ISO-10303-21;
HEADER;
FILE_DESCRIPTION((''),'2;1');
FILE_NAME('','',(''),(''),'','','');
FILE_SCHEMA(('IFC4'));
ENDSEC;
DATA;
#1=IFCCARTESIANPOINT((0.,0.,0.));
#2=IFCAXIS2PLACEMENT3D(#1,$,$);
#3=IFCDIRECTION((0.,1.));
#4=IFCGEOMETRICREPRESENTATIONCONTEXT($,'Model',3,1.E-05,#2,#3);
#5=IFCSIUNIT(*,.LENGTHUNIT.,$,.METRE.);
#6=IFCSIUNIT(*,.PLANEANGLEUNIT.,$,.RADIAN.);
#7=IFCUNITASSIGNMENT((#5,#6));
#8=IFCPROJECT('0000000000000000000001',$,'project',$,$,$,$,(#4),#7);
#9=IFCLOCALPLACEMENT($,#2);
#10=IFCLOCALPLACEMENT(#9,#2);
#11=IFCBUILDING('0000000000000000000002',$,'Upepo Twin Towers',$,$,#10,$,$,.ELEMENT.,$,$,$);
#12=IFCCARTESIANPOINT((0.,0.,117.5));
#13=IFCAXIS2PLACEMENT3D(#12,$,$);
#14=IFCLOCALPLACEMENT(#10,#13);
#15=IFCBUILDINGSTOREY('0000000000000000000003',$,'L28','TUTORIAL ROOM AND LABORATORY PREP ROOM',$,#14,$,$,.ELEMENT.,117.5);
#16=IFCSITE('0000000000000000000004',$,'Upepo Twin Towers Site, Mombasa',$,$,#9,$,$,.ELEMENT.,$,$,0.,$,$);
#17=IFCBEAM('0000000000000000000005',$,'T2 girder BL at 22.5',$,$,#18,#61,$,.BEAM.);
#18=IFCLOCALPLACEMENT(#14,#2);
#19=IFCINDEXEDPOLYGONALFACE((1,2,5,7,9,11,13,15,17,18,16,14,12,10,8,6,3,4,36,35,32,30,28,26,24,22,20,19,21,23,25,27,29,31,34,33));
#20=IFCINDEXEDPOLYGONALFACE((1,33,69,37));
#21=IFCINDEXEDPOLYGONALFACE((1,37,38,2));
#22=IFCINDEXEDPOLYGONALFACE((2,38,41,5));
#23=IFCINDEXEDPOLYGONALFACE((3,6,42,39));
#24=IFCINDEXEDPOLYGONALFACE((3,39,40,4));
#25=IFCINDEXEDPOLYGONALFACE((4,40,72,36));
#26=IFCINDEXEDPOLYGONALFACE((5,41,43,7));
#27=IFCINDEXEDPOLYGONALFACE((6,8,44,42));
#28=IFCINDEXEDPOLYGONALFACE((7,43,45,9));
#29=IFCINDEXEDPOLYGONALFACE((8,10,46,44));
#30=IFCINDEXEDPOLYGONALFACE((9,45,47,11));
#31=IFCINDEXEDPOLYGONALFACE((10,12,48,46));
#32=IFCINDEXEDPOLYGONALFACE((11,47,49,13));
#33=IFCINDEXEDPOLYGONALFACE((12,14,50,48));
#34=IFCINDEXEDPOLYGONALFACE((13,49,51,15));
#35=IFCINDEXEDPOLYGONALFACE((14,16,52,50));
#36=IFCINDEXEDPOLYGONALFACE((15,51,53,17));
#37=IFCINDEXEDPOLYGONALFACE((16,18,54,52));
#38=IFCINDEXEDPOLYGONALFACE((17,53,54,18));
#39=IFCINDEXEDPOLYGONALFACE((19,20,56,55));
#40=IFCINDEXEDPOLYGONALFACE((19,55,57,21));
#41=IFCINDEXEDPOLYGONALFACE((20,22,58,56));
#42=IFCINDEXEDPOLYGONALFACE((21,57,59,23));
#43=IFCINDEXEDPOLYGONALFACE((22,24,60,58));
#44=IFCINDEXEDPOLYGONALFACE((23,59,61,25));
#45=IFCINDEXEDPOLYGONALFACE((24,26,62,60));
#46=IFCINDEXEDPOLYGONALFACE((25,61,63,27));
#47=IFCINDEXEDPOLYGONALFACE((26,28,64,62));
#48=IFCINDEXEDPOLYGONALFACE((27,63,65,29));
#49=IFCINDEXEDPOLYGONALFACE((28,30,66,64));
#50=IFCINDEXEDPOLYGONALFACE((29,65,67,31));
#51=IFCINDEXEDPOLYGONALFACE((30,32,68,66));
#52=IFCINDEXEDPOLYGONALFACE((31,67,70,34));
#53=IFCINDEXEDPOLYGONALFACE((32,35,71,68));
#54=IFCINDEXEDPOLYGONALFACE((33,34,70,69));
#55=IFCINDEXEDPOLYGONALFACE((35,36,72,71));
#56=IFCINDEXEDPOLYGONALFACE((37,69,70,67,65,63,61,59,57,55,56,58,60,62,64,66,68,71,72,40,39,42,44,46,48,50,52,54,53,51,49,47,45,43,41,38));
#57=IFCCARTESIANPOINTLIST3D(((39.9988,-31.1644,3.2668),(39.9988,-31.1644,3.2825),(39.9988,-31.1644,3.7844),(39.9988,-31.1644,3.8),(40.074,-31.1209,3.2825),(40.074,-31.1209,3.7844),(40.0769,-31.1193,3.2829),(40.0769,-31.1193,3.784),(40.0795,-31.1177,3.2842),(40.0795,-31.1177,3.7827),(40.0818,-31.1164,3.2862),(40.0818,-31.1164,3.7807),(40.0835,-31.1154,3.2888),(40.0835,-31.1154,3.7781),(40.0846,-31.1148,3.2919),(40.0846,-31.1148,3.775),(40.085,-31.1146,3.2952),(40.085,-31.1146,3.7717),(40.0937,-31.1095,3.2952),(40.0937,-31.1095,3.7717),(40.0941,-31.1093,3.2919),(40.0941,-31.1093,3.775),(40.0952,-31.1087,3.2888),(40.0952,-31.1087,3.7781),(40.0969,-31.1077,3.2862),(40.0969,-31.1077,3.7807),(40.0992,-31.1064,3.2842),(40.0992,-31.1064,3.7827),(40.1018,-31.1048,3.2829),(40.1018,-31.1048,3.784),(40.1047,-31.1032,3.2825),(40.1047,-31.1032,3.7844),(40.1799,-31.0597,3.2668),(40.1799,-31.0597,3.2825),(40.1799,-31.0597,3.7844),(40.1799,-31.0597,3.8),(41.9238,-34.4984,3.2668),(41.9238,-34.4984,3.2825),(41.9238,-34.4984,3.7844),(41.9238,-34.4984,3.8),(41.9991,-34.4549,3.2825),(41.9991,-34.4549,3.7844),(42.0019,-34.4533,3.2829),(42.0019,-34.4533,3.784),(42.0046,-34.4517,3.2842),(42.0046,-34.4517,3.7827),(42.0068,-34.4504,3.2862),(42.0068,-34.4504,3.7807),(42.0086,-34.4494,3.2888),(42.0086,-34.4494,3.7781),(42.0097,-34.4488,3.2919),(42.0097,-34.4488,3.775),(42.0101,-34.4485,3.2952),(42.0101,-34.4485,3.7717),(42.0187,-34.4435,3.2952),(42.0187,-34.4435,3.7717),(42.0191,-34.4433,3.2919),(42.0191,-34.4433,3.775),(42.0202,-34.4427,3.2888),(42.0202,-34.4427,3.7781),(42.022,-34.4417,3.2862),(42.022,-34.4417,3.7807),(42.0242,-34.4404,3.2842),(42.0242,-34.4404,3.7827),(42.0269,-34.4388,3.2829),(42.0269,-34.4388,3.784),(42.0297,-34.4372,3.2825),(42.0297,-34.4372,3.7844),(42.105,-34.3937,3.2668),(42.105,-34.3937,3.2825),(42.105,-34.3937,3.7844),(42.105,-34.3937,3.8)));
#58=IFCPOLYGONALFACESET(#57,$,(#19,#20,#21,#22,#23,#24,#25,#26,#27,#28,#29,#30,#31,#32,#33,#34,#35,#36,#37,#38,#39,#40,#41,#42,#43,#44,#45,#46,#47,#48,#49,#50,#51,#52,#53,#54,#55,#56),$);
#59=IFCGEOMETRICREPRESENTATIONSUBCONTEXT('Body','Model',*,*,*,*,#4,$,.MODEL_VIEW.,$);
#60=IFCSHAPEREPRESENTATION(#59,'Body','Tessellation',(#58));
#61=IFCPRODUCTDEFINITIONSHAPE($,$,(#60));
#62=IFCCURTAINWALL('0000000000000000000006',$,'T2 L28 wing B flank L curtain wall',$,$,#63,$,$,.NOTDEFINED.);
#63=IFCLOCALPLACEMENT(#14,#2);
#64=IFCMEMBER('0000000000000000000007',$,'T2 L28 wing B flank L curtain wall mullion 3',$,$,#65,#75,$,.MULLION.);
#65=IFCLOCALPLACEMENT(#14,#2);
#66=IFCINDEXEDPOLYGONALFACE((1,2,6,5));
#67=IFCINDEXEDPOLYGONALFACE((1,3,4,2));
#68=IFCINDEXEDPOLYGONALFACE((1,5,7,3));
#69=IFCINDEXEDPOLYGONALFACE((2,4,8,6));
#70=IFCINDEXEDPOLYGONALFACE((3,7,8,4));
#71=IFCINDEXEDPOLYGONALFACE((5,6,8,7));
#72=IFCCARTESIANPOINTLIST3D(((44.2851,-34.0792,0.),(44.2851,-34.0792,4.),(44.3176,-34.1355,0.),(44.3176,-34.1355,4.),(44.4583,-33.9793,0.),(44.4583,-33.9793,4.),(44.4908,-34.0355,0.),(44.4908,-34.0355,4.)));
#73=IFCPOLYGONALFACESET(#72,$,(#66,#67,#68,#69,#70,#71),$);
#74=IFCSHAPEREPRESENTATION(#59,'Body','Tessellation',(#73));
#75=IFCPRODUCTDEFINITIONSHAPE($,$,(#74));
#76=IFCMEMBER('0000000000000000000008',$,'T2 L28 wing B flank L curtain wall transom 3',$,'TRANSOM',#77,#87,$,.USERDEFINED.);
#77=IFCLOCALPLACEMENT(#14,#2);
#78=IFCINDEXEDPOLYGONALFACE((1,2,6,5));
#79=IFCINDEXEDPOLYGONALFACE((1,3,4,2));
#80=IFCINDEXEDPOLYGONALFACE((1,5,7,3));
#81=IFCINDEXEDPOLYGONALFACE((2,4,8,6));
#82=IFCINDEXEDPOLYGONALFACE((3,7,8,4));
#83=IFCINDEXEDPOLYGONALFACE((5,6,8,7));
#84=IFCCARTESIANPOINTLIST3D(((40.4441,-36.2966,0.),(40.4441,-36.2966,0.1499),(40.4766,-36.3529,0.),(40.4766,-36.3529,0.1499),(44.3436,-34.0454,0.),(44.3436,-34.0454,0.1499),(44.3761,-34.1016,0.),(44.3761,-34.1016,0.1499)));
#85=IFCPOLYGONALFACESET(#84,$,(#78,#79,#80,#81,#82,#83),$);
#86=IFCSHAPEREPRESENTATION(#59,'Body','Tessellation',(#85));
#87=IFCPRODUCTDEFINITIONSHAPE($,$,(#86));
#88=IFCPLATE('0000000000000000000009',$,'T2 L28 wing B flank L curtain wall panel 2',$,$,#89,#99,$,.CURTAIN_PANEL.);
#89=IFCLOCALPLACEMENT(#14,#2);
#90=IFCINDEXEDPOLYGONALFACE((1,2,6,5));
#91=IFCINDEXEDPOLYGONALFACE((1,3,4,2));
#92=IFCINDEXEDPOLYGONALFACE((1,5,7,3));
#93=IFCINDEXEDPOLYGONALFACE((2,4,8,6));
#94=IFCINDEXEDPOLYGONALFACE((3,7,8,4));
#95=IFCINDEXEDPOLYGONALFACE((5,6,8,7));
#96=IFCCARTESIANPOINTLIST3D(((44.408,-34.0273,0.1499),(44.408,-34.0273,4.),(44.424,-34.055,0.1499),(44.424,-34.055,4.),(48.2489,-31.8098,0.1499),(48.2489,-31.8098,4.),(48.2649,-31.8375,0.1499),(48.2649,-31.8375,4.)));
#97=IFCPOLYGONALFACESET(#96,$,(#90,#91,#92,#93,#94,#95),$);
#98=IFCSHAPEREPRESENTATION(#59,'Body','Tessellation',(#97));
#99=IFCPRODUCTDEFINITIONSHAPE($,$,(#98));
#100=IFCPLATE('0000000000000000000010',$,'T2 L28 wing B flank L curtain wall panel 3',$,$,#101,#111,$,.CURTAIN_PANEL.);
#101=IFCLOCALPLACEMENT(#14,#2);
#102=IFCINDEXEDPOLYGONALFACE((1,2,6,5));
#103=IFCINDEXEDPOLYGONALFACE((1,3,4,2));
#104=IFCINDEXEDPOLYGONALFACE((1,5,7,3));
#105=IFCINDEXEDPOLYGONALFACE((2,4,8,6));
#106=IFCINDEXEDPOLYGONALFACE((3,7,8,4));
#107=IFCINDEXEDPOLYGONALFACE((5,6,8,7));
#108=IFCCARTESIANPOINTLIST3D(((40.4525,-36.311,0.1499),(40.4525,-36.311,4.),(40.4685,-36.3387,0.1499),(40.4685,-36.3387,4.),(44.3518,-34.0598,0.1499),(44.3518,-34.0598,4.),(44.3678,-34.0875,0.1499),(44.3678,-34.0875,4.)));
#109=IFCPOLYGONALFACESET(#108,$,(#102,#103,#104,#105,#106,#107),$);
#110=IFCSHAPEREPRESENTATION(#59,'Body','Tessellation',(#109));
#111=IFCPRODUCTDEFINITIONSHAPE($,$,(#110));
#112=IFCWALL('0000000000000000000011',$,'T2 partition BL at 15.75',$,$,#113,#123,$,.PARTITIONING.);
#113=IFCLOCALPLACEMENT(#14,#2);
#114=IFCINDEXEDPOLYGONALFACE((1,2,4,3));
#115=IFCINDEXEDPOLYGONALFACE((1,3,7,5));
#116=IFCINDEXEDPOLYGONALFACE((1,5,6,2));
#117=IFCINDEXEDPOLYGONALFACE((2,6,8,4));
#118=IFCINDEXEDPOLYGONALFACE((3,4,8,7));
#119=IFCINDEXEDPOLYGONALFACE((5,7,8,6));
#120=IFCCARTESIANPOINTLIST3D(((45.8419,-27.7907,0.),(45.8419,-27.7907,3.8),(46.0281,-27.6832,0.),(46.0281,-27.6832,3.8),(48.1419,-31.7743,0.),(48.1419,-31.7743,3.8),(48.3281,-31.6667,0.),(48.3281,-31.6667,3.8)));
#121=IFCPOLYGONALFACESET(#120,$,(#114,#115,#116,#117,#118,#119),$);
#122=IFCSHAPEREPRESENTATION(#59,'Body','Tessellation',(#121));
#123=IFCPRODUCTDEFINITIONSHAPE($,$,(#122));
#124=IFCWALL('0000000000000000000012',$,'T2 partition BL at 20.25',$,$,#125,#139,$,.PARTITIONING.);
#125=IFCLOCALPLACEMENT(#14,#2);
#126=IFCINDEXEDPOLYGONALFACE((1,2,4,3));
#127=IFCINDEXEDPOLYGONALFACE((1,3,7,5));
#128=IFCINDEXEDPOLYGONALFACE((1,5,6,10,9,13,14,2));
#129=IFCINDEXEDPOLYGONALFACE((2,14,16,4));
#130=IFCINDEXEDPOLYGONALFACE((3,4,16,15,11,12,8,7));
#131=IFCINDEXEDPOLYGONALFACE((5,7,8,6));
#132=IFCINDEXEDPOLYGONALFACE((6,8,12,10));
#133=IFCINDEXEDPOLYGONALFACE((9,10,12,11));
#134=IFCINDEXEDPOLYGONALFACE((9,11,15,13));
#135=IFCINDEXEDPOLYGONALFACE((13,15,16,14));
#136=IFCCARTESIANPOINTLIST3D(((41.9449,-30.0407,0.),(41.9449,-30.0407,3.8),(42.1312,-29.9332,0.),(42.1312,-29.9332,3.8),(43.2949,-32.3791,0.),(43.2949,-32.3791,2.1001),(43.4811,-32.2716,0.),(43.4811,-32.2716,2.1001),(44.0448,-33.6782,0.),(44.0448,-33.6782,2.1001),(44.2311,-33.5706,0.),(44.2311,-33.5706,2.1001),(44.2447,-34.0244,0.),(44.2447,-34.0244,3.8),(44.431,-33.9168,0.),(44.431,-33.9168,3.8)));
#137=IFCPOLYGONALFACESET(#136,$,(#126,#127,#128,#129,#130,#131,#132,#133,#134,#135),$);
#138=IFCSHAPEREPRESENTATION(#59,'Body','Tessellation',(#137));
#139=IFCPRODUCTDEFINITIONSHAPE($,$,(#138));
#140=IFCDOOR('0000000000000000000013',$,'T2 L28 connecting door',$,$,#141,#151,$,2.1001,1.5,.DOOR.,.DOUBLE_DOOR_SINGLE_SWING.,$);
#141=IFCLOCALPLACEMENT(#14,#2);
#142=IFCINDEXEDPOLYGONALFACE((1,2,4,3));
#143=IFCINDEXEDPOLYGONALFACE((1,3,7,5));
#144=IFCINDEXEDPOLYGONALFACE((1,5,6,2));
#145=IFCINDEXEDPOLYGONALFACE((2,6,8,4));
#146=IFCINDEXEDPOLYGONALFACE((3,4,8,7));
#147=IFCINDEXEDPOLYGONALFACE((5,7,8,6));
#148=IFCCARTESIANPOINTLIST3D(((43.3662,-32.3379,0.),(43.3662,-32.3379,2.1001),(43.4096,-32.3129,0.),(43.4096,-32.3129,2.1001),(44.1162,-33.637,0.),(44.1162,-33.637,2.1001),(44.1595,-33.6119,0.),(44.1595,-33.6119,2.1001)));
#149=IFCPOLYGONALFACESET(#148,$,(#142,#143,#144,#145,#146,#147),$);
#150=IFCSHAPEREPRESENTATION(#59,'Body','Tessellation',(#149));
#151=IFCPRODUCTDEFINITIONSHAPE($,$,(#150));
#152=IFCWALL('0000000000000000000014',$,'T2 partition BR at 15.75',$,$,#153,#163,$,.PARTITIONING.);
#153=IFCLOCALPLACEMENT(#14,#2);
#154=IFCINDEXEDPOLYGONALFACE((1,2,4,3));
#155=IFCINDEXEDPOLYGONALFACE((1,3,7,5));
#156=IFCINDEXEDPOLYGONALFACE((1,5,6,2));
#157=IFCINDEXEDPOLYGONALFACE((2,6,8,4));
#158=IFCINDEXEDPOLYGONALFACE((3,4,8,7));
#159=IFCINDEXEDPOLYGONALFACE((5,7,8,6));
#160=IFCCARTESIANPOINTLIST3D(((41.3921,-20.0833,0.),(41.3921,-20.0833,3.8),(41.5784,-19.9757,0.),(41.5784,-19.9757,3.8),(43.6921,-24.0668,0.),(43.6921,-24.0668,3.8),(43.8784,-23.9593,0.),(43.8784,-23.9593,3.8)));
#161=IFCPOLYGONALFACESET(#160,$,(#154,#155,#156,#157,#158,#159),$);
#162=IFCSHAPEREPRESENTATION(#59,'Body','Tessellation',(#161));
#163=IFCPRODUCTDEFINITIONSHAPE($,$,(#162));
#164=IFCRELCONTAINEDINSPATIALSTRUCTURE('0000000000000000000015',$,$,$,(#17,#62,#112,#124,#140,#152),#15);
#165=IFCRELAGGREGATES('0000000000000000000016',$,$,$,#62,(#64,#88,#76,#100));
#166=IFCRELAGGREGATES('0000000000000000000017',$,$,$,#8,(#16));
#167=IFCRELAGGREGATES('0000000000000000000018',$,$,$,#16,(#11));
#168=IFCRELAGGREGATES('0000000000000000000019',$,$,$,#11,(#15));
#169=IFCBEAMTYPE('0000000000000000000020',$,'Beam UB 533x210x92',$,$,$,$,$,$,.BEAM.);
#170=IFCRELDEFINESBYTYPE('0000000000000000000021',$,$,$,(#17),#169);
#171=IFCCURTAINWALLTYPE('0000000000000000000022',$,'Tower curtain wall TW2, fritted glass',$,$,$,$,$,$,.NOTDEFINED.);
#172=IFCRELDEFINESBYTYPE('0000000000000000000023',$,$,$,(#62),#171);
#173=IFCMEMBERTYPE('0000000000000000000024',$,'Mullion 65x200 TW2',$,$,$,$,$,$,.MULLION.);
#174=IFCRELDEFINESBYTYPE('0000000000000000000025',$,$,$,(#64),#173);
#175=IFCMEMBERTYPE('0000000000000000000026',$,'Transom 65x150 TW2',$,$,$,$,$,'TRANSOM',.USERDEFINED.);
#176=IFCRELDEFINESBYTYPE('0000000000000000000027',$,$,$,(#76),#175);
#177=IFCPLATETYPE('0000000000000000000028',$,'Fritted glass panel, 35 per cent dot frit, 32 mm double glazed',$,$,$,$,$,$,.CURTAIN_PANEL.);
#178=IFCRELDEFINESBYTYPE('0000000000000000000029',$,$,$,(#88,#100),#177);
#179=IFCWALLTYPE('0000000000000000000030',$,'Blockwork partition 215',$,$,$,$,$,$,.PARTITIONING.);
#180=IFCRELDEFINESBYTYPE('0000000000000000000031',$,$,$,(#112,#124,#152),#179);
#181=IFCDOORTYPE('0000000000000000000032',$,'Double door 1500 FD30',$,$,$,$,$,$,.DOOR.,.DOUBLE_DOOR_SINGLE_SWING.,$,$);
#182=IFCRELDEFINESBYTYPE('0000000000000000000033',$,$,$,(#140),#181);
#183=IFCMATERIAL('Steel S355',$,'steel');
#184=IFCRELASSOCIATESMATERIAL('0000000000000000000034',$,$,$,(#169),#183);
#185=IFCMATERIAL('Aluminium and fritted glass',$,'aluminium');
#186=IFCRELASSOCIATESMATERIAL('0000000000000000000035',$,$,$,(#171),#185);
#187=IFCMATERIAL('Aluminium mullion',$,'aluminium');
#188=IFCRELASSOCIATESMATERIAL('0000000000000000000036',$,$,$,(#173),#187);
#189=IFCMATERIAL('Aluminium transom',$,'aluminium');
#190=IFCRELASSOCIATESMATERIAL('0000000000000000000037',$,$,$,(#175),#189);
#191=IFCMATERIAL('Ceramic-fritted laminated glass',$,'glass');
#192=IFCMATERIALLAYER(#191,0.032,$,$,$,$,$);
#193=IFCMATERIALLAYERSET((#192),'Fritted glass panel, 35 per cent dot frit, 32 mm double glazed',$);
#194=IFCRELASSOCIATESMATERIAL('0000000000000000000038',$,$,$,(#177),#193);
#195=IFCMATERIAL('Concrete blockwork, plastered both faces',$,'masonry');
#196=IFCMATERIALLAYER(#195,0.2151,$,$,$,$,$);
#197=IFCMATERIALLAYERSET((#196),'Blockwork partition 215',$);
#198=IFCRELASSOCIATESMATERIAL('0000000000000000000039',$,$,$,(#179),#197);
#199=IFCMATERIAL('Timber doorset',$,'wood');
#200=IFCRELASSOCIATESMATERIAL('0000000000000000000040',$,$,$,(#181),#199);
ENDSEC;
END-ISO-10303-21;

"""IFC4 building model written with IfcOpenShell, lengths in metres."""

from ifc_helpers import new_model, si_unit, direction, frame, frame_2d, origin, origin_2d, place, context, subcontext, project, spatial, rectangle, i_section, extrude, material, layer, layer_set, material_profile, profile_set, type_object, element, fill, aggregate, save


model = new_model("IFC4")

# Units and contexts
model_context = context("Model", 3, precision=1e-05, world=origin(), true_north=direction((0.0, 1.0)))
body_context = subcontext(model_context, "Body", "Model", "MODEL_VIEW")
ifc_project = project(units=[si_unit("LENGTHUNIT", "METRE"), si_unit("PLANEANGLEUNIT", "RADIAN")], contexts=[model_context])

# Site, building, storey
site_placement = place(None, origin())
site = spatial("IfcSite", under=ifc_project, at=site_placement, Name="Upepo Twin Towers Site, Mombasa", CompositionType="ELEMENT", RefElevation=0.0)
building_placement = place(site_placement, origin())
building = spatial("IfcBuilding", under=site, at=building_placement, Name="Upepo Twin Towers", CompositionType="ELEMENT")
storey_placement = place(building_placement, frame((0.0, 0.0, 117.5)))
storey = spatial("IfcBuildingStorey", under=building, at=storey_placement, Name="L28", Description="TUTORIAL ROOM AND LABORATORY PREP ROOM", CompositionType="ELEMENT", Elevation=117.5)

# Beam
ifc_material_1 = material(Name="Steel S355", Category="steel")
ifc_material_profile_1 = material_profile(ifc_material_1, i_section(OverallWidth=0.2092, OverallDepth=0.5332, WebThickness=0.01, FlangeThickness=0.0156, FilletRadius=0.0127, at=origin_2d()), Name="UB 533x210x92")
ifc_profile_set_1 = profile_set([ifc_material_profile_1], Name="Steel S355")
beam_type_1 = type_object("IfcBeamType", Name="Beam UB 533x210x92", PredefinedType="BEAM", material=ifc_profile_set_1)
for number, where, z_axis, x_axis, name in (
    (1, (42.0144, -34.446, 3.5334), (-0.500034, 0.866006, 0.0), (-0.866006, -0.500034, 0.0), "T2 girder BL at 22.5"),
):
    element("IfcBeam", number, at=place(storey_placement, frame(where, z_axis=z_axis, x_axis=x_axis)), inside=storey, type_object=beam_type_1, Name=name, PredefinedType="BEAM", context=body_context, shape_type="SweptSolid", body=[
        extrude(i_section(OverallWidth=0.2092, OverallDepth=0.5332, WebThickness=0.01, FlangeThickness=0.0156, FilletRadius=0.0127, at=origin_2d()), origin(), (0.0, 0.0, 1.0), 3.8499),
    ])

# Curtain wall, members, plates
ifc_material_2 = material(Name="Aluminium and fritted glass", Category="aluminium")
curtain_wall_type = type_object("IfcCurtainWallType", Name="Tower curtain wall TW2, fritted glass", PredefinedType="NOTDEFINED", material=ifc_material_2)
curtain_wall_placement = place(storey_placement, origin())
curtain_wall = element("IfcCurtainWall", 2, at=curtain_wall_placement, inside=storey, type_object=curtain_wall_type, Name="T2 L28 wing B flank L curtain wall", PredefinedType="NOTDEFINED")
ifc_material_3 = material(Name="Aluminium mullion", Category="aluminium")
ifc_material_profile_2 = material_profile(ifc_material_3, rectangle(XDim=0.0649, YDim=0.2, at=origin_2d()), Name="MULLION 65x200")
ifc_profile_set_2 = profile_set([ifc_material_profile_2], Name="Aluminium mullion")
member_type_1 = type_object("IfcMemberType", Name="Mullion 65x200 TW2", PredefinedType="MULLION", material=ifc_profile_set_2)
member_1_placement = place(storey_placement, frame((44.3879, -34.0574, 0.0), z_axis=(0.0, 0.0, 1.0), x_axis=(0.5, -0.866025, 0.0)))
member_1 = element("IfcMember", 3, at=member_1_placement, type_object=member_type_1, Name="T2 L28 wing B flank L curtain wall mullion 3", PredefinedType="MULLION", context=body_context, shape_type="SweptSolid", body=[
    extrude(rectangle(XDim=0.0649, YDim=0.2, at=origin_2d()), origin(), (0.0, 0.0, 1.0), 4.0),
])
ifc_material_4 = material(Name="Aluminium transom", Category="aluminium")
ifc_material_profile_3 = material_profile(ifc_material_4, rectangle(XDim=0.0649, YDim=0.1499, at=origin_2d()), Name="TRANSOM 65x150")
ifc_profile_set_3 = profile_set([ifc_material_profile_3], Name="Aluminium transom")
member_type_2 = type_object("IfcMemberType", Name="Transom 65x150 TW2", ElementType="TRANSOM", PredefinedType="USERDEFINED", material=ifc_profile_set_3)
member_2_placement = place(storey_placement, frame((44.3599, -34.0735, 0.075), z_axis=(-0.866036, -0.499982, 0.0), x_axis=(0.499982, -0.866036, 0.0)))
member_2 = element("IfcMember", 4, at=member_2_placement, type_object=member_type_2, Name="T2 L28 wing B flank L curtain wall transom 3", ObjectType="TRANSOM", PredefinedType="USERDEFINED", context=body_context, shape_type="SweptSolid", body=[
    extrude(rectangle(XDim=0.0649, YDim=0.1499, at=origin_2d()), origin(), (0.0, 0.0, 1.0), 4.5027),
])
ifc_material_5 = material(Name="Ceramic-fritted laminated glass", Category="glass")
ifc_layer_1 = layer(ifc_material_5, 0.032)
ifc_layer_set_1 = layer_set([ifc_layer_1], Name="Fritted glass panel, 35 per cent dot frit, 32 mm double glazed")
plate_type = type_object("IfcPlateType", Name="Fritted glass panel, 35 per cent dot frit, 32 mm double glazed", PredefinedType="CURTAIN_PANEL", material=ifc_layer_set_1)
plate_1_placement = place(storey_placement, frame((46.3364, -32.9324, 0.1499), z_axis=(0.0, 0.0, 1.0), x_axis=(-0.866025, -0.5, 0.0)))
plate_1 = element("IfcPlate", 5, at=plate_1_placement, type_object=plate_type, Name="T2 L28 wing B flank L curtain wall panel 2", PredefinedType="CURTAIN_PANEL", context=body_context, shape_type="SweptSolid", body=[
    extrude(rectangle(XDim=4.4351, YDim=0.032, at=origin_2d()), origin(), (0.0, 0.0, 1.0), 3.8501),
])
plate_2_placement = place(storey_placement, frame((42.4102, -35.1992, 0.1499), z_axis=(0.0, 0.0, 1.0), x_axis=(-0.866025, -0.5, 0.0)))
plate_2 = element("IfcPlate", 6, at=plate_2_placement, type_object=plate_type, Name="T2 L28 wing B flank L curtain wall panel 3", PredefinedType="CURTAIN_PANEL", context=body_context, shape_type="SweptSolid", body=[
    extrude(rectangle(XDim=4.5024, YDim=0.032, at=origin_2d()), origin(), (0.0, 0.0, 1.0), 3.8501),
])
aggregate(curtain_wall, [member_1, plate_1, member_2, plate_2])

# Wall
ifc_material_6 = material(Name="Concrete blockwork, plastered both faces", Category="masonry")
ifc_layer_2 = layer(ifc_material_6, 0.2151)
ifc_layer_set_2 = layer_set([ifc_layer_2], Name="Blockwork partition 215")
wall_type_1 = type_object("IfcWallType", Name="Blockwork partition 215", PredefinedType="PARTITIONING", material=ifc_layer_set_2)
wall_1_placement = place(storey_placement, frame((45.9351, -27.7371, 0.0), z_axis=(0.0, 0.0, 1.0), x_axis=(0.500015, -0.866017, 0.0)))
element("IfcWall", 7, at=wall_1_placement, inside=storey, type_object=wall_type_1, Name="T2 partition BL at 15.75", PredefinedType="PARTITIONING", context=body_context, shape_type="SweptSolid", body=[
    extrude(rectangle(XDim=4.5999, YDim=0.2151, at=frame_2d((2.2998, 0.0))), origin(), (0.0, 0.0, 1.0), 3.8),
])

# Wall, opening, door
wall_2_placement = place(storey_placement, frame((42.0381, -29.9871, 0.0), z_axis=(0.0, 0.0, 1.0), x_axis=(0.499975, -0.86604, 0.0)))
wall_2 = element("IfcWall", 8, at=wall_2_placement, inside=storey, type_object=wall_type_1, Name="T2 partition BL at 20.25", PredefinedType="PARTITIONING", context=body_context, shape_type="SweptSolid", body=[
    extrude(rectangle(XDim=4.5999, YDim=0.2151, at=frame_2d((2.2998, 0.0))), origin(), (0.0, 0.0, 1.0), 3.8),
])
opening_1_placement = place(wall_2_placement, frame((2.7, 0.0, 0.0)))
opening_1 = element("IfcOpeningElement", 9, at=opening_1_placement, cuts=wall_2, PredefinedType="OPENING", context=body_context, shape_type="SweptSolid", body=[
    extrude(rectangle(XDim=1.5, YDim=2.1001, at=frame_2d((0.75, 1.05))), frame((0.0, 0.1174, 0.0), z_axis=(0.0, -1.0, 0.0), x_axis=(1.0, 0.0, 0.0)), (0.0, 0.0, 1.0), 0.2351),
])
ifc_material_7 = material(Name="Timber doorset", Category="wood")
door_type_1 = type_object("IfcDoorType", Name="Double door 1500 FD30", OperationType="DOUBLE_DOOR_SINGLE_SWING", PredefinedType="DOOR", material=ifc_material_7)
door_1_placement = place(opening_1_placement, origin())
door_1 = element("IfcDoor", 10, at=door_1_placement, inside=storey, type_object=door_type_1, Name="T2 L28 connecting door", OperationType="DOUBLE_DOOR_SINGLE_SWING", OverallHeight=2.1001, OverallWidth=1.5, PredefinedType="DOOR", context=body_context, shape_type="SweptSolid", body=[
    extrude(rectangle(XDim=1.5, YDim=2.1001, at=frame_2d((0.75, 1.05))), frame((0.0, 0.0249, 0.0), z_axis=(0.0, -1.0, 0.0), x_axis=(1.0, 0.0, 0.0)), (0.0, 0.0, 1.0), 0.05),
])
fill(opening_1, door_1)

# Wall
wall_3_placement = place(storey_placement, frame((43.7852, -24.0129, 0.0), z_axis=(0.0, 0.0, 1.0), x_axis=(-0.500015, 0.866017, 0.0)))
element("IfcWall", 11, at=wall_3_placement, inside=storey, type_object=wall_type_1, Name="T2 partition BR at 15.75", PredefinedType="PARTITIONING", context=body_context, shape_type="SweptSolid", body=[
    extrude(rectangle(XDim=4.5999, YDim=0.2151, at=frame_2d((2.2998, 0.0))), origin(), (0.0, 0.0, 1.0), 3.8),
])

save(model, "model.ifc")
